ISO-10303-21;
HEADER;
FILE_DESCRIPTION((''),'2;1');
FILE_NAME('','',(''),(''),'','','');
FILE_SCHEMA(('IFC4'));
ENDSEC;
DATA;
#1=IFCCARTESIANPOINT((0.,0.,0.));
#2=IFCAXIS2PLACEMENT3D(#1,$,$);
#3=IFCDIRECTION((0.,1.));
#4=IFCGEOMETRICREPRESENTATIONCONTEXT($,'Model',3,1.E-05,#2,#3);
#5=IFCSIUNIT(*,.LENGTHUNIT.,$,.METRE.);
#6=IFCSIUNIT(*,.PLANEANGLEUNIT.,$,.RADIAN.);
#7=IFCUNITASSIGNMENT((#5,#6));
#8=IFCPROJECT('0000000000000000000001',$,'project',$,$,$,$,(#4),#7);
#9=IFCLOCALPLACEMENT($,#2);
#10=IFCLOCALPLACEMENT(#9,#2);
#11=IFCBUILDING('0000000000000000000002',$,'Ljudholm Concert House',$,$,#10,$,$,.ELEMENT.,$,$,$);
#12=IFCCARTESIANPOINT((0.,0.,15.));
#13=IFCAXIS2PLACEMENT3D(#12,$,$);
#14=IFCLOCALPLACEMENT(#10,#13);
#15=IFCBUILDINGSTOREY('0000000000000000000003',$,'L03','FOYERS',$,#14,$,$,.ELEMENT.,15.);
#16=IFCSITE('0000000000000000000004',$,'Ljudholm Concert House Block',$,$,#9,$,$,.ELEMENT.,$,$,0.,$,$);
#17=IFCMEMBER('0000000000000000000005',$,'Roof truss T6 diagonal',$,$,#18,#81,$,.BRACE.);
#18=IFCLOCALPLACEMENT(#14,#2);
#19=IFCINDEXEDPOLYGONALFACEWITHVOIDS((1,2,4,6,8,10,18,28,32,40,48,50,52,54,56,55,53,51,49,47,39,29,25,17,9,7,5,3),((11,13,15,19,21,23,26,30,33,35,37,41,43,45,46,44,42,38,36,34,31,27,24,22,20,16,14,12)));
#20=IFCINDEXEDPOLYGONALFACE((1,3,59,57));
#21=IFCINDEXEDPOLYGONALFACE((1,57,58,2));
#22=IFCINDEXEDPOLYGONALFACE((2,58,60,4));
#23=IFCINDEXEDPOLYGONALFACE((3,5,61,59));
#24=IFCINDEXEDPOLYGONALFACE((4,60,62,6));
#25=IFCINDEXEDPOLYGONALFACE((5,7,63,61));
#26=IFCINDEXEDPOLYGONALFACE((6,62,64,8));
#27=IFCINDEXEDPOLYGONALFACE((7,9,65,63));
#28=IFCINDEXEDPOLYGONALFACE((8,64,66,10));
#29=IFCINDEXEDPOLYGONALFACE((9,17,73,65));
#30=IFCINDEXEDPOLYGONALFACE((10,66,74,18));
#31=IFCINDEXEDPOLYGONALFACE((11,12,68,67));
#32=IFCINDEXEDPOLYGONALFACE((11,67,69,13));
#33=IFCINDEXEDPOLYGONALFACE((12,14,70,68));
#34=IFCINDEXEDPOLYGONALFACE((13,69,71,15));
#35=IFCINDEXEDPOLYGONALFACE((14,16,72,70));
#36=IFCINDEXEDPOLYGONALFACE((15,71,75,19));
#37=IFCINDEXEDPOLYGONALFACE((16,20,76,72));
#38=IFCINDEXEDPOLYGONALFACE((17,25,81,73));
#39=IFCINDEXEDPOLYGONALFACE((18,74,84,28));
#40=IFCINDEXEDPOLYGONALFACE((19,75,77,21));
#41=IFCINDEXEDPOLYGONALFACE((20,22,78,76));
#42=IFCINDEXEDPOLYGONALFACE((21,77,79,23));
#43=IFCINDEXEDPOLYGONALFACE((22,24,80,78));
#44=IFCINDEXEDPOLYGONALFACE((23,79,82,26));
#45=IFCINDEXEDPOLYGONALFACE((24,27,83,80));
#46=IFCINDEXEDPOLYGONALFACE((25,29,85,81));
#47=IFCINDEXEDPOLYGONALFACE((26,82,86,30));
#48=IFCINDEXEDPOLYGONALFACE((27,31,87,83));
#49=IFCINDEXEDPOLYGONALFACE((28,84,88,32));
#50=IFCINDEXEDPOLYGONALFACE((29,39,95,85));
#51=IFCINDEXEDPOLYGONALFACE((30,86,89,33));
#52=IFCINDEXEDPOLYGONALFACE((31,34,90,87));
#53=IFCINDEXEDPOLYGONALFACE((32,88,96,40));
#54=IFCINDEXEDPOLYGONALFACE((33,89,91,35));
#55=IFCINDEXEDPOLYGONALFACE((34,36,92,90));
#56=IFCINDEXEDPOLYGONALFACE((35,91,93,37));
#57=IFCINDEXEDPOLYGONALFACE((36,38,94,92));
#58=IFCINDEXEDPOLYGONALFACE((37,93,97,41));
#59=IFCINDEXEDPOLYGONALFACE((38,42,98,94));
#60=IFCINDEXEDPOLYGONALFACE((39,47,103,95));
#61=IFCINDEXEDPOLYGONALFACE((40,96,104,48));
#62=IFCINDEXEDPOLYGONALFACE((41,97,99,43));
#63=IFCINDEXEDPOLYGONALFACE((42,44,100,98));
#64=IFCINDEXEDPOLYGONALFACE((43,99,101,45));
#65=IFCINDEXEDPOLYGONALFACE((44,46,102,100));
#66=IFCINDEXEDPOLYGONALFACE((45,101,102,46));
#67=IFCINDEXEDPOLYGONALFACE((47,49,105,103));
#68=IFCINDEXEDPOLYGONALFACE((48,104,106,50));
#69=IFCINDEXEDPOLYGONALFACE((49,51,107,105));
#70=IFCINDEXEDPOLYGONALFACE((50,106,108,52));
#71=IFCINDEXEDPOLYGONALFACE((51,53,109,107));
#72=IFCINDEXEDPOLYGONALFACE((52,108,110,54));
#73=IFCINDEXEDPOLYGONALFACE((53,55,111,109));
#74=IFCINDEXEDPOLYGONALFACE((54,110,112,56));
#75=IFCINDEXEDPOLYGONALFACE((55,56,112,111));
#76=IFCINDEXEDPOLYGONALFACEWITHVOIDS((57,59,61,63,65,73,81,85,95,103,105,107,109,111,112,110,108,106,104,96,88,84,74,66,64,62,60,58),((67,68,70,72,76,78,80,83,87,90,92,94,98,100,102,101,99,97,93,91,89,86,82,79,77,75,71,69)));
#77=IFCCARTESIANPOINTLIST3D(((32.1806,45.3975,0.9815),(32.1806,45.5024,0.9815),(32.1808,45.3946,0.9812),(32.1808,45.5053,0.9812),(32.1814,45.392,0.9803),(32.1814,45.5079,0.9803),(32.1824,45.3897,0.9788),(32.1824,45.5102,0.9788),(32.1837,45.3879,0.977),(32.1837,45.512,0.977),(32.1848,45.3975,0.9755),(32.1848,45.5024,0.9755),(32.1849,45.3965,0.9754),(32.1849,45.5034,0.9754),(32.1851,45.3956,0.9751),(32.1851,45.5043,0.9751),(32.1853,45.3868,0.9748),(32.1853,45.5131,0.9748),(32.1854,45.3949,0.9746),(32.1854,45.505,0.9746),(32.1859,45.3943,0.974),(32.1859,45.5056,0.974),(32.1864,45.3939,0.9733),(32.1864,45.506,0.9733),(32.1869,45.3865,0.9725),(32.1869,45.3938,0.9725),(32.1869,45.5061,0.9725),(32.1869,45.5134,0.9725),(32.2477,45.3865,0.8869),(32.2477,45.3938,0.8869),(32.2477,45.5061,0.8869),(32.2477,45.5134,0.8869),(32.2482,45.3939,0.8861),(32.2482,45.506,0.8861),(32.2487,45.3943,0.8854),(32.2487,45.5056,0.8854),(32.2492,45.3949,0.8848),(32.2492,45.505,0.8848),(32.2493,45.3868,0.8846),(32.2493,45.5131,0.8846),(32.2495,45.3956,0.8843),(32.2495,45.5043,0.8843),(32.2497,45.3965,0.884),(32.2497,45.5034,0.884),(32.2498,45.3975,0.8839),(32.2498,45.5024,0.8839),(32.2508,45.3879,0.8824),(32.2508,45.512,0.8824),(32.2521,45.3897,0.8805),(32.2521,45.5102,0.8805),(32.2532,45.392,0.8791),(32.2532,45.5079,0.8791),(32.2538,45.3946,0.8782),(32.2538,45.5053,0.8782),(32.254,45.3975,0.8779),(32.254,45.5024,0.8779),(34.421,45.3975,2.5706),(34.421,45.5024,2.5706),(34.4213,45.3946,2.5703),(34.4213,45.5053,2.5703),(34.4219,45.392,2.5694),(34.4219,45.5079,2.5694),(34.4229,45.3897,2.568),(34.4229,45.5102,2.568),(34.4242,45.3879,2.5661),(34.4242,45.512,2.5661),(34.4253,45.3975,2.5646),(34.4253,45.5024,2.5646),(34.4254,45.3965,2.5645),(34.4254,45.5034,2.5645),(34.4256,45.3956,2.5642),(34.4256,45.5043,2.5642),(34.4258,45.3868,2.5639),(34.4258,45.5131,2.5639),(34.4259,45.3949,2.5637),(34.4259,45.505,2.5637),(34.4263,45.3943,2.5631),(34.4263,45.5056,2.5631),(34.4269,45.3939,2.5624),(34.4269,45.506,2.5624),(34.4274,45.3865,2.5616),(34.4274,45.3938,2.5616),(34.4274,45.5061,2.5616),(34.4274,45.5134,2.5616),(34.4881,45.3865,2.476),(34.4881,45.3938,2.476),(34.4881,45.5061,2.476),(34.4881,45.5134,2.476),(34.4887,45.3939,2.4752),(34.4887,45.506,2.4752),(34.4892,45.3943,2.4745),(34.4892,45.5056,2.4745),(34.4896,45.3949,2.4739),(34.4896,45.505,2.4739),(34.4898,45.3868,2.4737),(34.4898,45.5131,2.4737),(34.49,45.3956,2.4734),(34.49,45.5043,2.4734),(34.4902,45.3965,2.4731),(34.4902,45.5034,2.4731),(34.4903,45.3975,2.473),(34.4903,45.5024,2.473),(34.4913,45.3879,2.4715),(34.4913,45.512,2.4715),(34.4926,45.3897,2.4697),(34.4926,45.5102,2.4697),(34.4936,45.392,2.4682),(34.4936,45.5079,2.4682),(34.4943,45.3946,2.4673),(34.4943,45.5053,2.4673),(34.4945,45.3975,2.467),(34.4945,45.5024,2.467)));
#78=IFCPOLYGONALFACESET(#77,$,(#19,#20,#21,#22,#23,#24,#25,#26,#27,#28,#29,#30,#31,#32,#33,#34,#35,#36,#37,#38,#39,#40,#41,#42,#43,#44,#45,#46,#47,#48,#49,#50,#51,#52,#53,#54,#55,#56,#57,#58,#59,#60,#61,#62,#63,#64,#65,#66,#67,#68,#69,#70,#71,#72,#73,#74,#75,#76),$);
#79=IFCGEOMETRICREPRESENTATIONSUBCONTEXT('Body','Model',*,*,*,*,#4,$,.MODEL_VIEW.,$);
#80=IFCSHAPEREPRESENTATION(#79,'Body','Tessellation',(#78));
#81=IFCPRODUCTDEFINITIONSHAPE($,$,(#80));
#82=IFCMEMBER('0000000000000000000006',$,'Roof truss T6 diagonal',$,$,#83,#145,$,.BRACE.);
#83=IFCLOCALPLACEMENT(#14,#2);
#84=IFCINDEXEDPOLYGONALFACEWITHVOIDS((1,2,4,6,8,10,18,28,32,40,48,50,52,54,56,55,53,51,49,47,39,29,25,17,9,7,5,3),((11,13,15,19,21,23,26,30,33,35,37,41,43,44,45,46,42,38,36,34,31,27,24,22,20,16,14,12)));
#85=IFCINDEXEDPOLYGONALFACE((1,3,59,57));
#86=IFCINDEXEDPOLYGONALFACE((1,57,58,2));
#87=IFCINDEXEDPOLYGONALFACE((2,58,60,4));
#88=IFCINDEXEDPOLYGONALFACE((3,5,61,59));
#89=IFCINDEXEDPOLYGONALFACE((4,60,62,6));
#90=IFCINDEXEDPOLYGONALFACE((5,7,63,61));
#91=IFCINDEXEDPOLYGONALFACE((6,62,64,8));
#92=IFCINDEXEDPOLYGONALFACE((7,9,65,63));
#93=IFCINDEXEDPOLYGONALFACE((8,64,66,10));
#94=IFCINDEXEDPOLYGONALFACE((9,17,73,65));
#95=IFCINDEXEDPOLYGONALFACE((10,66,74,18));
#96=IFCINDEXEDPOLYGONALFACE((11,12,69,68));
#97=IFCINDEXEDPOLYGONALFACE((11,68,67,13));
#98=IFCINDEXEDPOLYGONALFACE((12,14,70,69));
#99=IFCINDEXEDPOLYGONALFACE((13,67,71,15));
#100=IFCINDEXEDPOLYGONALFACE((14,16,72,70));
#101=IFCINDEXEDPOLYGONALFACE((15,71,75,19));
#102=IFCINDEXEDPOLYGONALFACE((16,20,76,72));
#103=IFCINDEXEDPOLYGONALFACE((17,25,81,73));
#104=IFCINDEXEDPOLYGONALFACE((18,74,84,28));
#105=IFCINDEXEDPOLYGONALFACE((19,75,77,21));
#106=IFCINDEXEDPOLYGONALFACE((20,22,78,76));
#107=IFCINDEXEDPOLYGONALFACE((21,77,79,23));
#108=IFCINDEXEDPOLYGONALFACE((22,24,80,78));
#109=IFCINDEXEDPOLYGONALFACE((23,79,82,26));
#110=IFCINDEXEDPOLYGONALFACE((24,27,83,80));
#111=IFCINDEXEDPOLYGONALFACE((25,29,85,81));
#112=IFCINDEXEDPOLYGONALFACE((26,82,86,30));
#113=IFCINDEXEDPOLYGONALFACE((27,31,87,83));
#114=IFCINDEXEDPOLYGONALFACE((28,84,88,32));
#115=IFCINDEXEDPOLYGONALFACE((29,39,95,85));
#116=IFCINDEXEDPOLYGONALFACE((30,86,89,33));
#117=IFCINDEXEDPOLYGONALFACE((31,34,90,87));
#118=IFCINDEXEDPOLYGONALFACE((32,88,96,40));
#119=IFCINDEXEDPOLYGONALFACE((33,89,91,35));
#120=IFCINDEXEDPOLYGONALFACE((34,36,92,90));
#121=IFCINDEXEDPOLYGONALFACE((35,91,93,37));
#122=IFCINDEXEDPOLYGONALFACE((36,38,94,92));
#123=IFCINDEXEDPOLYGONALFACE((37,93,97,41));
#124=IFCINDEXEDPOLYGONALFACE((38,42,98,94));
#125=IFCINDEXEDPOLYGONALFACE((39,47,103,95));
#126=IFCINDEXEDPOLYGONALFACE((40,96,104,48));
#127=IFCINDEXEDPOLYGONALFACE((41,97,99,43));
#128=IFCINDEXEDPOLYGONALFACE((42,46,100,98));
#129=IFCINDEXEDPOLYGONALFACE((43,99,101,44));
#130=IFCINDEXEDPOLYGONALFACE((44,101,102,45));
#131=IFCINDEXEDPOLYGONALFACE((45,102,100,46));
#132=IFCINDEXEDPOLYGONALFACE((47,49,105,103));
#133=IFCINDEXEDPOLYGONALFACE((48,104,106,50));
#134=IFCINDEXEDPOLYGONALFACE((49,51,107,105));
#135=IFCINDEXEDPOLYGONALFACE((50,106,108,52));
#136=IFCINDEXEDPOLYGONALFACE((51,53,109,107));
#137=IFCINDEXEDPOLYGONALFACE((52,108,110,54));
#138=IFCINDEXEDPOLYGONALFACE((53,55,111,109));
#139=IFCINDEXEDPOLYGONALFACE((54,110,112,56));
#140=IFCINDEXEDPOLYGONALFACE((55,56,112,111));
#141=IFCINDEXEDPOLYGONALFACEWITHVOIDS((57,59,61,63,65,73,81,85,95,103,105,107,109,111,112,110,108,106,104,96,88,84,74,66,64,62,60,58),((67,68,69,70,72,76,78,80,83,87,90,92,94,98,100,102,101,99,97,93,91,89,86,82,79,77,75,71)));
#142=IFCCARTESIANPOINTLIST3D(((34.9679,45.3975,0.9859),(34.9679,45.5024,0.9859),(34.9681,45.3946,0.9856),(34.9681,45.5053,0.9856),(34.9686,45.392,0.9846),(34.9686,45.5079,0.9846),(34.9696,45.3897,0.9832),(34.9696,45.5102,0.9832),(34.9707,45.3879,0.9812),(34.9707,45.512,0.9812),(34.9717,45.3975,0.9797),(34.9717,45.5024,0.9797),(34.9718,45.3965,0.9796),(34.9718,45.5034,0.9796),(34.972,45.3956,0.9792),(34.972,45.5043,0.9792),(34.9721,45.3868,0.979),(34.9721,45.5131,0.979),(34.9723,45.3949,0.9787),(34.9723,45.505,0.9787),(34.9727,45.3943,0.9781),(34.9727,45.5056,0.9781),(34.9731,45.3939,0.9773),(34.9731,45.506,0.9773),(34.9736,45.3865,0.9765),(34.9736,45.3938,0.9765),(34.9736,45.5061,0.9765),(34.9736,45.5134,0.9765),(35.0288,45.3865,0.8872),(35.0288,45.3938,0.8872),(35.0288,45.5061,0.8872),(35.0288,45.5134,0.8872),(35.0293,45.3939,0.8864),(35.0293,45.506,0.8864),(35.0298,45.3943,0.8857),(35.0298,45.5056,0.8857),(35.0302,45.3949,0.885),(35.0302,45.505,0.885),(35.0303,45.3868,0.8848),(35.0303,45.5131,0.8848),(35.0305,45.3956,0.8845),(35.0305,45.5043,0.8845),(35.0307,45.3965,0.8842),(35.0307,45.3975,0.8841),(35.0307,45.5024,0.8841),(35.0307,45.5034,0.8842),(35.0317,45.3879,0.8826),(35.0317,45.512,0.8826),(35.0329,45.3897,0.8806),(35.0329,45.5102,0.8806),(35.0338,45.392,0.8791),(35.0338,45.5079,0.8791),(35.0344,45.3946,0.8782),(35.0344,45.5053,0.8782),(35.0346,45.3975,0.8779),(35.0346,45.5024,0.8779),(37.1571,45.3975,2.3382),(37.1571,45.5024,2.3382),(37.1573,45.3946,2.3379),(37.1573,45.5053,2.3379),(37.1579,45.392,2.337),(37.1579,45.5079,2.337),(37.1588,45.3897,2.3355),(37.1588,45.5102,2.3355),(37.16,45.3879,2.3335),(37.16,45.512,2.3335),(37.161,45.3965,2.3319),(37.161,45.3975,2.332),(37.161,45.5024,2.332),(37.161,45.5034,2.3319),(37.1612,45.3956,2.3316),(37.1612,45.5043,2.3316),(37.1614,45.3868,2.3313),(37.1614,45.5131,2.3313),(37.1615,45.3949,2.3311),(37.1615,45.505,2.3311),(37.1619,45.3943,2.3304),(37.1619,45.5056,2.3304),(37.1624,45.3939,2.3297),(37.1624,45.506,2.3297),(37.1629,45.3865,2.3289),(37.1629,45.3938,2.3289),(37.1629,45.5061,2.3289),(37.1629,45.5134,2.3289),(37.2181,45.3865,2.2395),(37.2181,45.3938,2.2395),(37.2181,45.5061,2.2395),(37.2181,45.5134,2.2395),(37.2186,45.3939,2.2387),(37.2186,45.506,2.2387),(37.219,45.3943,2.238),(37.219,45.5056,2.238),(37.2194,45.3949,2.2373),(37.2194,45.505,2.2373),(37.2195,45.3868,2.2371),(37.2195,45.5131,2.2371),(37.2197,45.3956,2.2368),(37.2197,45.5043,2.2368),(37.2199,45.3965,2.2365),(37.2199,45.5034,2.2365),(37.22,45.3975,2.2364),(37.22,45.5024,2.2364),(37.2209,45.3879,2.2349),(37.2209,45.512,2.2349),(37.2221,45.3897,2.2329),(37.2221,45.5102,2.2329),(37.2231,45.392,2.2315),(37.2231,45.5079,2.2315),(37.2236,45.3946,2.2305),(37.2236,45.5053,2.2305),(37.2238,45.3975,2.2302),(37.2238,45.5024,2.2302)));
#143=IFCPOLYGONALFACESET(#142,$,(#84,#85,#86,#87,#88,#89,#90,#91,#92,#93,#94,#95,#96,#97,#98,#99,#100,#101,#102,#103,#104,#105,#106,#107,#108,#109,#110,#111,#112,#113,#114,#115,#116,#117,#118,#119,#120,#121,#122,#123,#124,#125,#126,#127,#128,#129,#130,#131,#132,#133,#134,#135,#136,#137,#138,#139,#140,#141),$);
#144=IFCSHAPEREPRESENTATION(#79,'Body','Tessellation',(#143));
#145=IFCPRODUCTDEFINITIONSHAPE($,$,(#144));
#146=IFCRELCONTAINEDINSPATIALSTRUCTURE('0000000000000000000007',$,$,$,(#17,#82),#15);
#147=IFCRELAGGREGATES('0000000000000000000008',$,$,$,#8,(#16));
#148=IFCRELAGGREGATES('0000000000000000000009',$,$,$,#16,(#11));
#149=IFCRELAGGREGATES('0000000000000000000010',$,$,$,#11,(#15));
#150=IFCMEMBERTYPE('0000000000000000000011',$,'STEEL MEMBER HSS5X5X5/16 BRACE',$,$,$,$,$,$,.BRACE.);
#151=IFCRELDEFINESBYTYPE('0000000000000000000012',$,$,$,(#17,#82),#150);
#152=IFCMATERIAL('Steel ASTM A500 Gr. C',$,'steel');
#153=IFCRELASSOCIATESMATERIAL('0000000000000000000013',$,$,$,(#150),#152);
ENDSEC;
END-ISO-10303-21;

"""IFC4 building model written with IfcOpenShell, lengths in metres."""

from ifc_helpers import new_model, si_unit, direction, frame, origin, origin_2d, place, context, subcontext, project, spatial, hollow_rectangle, extrude, material, material_profile, profile_set, type_object, element, save


model = new_model("IFC4")

# Units and contexts
model_context = context("Model", 3, precision=1e-05, world=origin(), true_north=direction((0.0, 1.0)))
body_context = subcontext(model_context, "Body", "Model", "MODEL_VIEW")
ifc_project = project(units=[si_unit("LENGTHUNIT", "METRE"), si_unit("PLANEANGLEUNIT", "RADIAN")], contexts=[model_context])

# Site, building, storey
site_placement = place(None, origin())
site = spatial("IfcSite", under=ifc_project, at=site_placement, Name="Ljudholm Concert House Block", CompositionType="ELEMENT", RefElevation=0.0)
building_placement = place(site_placement, origin())
building = spatial("IfcBuilding", under=site, at=building_placement, Name="Ljudholm Concert House", CompositionType="ELEMENT")
storey_placement = place(building_placement, frame((0.0, 0.0, 15.0)))
storey = spatial("IfcBuildingStorey", under=building, at=storey_placement, Name="L03", Description="FOYERS", CompositionType="ELEMENT", Elevation=15.0)

# Members
ifc_material_1 = material(Name="Steel ASTM A500 Gr. C", Category="steel")
ifc_material_profile_1 = material_profile(ifc_material_1, hollow_rectangle(XDim=0.127, YDim=0.127, WallThickness=0.0073, InnerFilletRadius=0.0037, OuterFilletRadius=0.011, at=origin_2d()), Name="HSS5X5X5/16")
ifc_profile_set_1 = profile_set([ifc_material_profile_1], Name="Steel ASTM A500 Gr. C")
member_type_1 = type_object("IfcMemberType", Name="STEEL MEMBER HSS5X5X5/16 BRACE", PredefinedType="BRACE", material=ifc_profile_set_1)
member_1_placement = place(storey_placement, frame((32.2173, 45.45, 0.9297), z_axis=(0.815663, 0.0, 0.578528), x_axis=(0.0, 1.0, 0.0)))
element("IfcMember", 1, at=member_1_placement, inside=storey, type_object=member_type_1, Name="Roof truss T6 diagonal", PredefinedType="BRACE", context=body_context, shape_type="SweptSolid", body=[
    extrude(hollow_rectangle(XDim=0.127, YDim=0.127, WallThickness=0.0073, InnerFilletRadius=0.0037, OuterFilletRadius=0.011, at=origin_2d()), origin(), (0.0, 0.0, 1.0), 2.7468),
])
member_2_placement = place(storey_placement, frame((35.0012, 45.45, 0.9319), z_axis=(0.850774, 0.0, 0.525531), x_axis=(0.0, 1.0, 0.0)))
element("IfcMember", 2, at=member_2_placement, inside=storey, type_object=member_type_1, Name="Roof truss T6 diagonal", PredefinedType="BRACE", context=body_context, shape_type="SweptSolid", body=[
    extrude(hollow_rectangle(XDim=0.127, YDim=0.127, WallThickness=0.0073, InnerFilletRadius=0.0037, OuterFilletRadius=0.011, at=origin_2d()), origin(), (0.0, 0.0, 1.0), 2.5732),
])

save(model, "model.ifc")
